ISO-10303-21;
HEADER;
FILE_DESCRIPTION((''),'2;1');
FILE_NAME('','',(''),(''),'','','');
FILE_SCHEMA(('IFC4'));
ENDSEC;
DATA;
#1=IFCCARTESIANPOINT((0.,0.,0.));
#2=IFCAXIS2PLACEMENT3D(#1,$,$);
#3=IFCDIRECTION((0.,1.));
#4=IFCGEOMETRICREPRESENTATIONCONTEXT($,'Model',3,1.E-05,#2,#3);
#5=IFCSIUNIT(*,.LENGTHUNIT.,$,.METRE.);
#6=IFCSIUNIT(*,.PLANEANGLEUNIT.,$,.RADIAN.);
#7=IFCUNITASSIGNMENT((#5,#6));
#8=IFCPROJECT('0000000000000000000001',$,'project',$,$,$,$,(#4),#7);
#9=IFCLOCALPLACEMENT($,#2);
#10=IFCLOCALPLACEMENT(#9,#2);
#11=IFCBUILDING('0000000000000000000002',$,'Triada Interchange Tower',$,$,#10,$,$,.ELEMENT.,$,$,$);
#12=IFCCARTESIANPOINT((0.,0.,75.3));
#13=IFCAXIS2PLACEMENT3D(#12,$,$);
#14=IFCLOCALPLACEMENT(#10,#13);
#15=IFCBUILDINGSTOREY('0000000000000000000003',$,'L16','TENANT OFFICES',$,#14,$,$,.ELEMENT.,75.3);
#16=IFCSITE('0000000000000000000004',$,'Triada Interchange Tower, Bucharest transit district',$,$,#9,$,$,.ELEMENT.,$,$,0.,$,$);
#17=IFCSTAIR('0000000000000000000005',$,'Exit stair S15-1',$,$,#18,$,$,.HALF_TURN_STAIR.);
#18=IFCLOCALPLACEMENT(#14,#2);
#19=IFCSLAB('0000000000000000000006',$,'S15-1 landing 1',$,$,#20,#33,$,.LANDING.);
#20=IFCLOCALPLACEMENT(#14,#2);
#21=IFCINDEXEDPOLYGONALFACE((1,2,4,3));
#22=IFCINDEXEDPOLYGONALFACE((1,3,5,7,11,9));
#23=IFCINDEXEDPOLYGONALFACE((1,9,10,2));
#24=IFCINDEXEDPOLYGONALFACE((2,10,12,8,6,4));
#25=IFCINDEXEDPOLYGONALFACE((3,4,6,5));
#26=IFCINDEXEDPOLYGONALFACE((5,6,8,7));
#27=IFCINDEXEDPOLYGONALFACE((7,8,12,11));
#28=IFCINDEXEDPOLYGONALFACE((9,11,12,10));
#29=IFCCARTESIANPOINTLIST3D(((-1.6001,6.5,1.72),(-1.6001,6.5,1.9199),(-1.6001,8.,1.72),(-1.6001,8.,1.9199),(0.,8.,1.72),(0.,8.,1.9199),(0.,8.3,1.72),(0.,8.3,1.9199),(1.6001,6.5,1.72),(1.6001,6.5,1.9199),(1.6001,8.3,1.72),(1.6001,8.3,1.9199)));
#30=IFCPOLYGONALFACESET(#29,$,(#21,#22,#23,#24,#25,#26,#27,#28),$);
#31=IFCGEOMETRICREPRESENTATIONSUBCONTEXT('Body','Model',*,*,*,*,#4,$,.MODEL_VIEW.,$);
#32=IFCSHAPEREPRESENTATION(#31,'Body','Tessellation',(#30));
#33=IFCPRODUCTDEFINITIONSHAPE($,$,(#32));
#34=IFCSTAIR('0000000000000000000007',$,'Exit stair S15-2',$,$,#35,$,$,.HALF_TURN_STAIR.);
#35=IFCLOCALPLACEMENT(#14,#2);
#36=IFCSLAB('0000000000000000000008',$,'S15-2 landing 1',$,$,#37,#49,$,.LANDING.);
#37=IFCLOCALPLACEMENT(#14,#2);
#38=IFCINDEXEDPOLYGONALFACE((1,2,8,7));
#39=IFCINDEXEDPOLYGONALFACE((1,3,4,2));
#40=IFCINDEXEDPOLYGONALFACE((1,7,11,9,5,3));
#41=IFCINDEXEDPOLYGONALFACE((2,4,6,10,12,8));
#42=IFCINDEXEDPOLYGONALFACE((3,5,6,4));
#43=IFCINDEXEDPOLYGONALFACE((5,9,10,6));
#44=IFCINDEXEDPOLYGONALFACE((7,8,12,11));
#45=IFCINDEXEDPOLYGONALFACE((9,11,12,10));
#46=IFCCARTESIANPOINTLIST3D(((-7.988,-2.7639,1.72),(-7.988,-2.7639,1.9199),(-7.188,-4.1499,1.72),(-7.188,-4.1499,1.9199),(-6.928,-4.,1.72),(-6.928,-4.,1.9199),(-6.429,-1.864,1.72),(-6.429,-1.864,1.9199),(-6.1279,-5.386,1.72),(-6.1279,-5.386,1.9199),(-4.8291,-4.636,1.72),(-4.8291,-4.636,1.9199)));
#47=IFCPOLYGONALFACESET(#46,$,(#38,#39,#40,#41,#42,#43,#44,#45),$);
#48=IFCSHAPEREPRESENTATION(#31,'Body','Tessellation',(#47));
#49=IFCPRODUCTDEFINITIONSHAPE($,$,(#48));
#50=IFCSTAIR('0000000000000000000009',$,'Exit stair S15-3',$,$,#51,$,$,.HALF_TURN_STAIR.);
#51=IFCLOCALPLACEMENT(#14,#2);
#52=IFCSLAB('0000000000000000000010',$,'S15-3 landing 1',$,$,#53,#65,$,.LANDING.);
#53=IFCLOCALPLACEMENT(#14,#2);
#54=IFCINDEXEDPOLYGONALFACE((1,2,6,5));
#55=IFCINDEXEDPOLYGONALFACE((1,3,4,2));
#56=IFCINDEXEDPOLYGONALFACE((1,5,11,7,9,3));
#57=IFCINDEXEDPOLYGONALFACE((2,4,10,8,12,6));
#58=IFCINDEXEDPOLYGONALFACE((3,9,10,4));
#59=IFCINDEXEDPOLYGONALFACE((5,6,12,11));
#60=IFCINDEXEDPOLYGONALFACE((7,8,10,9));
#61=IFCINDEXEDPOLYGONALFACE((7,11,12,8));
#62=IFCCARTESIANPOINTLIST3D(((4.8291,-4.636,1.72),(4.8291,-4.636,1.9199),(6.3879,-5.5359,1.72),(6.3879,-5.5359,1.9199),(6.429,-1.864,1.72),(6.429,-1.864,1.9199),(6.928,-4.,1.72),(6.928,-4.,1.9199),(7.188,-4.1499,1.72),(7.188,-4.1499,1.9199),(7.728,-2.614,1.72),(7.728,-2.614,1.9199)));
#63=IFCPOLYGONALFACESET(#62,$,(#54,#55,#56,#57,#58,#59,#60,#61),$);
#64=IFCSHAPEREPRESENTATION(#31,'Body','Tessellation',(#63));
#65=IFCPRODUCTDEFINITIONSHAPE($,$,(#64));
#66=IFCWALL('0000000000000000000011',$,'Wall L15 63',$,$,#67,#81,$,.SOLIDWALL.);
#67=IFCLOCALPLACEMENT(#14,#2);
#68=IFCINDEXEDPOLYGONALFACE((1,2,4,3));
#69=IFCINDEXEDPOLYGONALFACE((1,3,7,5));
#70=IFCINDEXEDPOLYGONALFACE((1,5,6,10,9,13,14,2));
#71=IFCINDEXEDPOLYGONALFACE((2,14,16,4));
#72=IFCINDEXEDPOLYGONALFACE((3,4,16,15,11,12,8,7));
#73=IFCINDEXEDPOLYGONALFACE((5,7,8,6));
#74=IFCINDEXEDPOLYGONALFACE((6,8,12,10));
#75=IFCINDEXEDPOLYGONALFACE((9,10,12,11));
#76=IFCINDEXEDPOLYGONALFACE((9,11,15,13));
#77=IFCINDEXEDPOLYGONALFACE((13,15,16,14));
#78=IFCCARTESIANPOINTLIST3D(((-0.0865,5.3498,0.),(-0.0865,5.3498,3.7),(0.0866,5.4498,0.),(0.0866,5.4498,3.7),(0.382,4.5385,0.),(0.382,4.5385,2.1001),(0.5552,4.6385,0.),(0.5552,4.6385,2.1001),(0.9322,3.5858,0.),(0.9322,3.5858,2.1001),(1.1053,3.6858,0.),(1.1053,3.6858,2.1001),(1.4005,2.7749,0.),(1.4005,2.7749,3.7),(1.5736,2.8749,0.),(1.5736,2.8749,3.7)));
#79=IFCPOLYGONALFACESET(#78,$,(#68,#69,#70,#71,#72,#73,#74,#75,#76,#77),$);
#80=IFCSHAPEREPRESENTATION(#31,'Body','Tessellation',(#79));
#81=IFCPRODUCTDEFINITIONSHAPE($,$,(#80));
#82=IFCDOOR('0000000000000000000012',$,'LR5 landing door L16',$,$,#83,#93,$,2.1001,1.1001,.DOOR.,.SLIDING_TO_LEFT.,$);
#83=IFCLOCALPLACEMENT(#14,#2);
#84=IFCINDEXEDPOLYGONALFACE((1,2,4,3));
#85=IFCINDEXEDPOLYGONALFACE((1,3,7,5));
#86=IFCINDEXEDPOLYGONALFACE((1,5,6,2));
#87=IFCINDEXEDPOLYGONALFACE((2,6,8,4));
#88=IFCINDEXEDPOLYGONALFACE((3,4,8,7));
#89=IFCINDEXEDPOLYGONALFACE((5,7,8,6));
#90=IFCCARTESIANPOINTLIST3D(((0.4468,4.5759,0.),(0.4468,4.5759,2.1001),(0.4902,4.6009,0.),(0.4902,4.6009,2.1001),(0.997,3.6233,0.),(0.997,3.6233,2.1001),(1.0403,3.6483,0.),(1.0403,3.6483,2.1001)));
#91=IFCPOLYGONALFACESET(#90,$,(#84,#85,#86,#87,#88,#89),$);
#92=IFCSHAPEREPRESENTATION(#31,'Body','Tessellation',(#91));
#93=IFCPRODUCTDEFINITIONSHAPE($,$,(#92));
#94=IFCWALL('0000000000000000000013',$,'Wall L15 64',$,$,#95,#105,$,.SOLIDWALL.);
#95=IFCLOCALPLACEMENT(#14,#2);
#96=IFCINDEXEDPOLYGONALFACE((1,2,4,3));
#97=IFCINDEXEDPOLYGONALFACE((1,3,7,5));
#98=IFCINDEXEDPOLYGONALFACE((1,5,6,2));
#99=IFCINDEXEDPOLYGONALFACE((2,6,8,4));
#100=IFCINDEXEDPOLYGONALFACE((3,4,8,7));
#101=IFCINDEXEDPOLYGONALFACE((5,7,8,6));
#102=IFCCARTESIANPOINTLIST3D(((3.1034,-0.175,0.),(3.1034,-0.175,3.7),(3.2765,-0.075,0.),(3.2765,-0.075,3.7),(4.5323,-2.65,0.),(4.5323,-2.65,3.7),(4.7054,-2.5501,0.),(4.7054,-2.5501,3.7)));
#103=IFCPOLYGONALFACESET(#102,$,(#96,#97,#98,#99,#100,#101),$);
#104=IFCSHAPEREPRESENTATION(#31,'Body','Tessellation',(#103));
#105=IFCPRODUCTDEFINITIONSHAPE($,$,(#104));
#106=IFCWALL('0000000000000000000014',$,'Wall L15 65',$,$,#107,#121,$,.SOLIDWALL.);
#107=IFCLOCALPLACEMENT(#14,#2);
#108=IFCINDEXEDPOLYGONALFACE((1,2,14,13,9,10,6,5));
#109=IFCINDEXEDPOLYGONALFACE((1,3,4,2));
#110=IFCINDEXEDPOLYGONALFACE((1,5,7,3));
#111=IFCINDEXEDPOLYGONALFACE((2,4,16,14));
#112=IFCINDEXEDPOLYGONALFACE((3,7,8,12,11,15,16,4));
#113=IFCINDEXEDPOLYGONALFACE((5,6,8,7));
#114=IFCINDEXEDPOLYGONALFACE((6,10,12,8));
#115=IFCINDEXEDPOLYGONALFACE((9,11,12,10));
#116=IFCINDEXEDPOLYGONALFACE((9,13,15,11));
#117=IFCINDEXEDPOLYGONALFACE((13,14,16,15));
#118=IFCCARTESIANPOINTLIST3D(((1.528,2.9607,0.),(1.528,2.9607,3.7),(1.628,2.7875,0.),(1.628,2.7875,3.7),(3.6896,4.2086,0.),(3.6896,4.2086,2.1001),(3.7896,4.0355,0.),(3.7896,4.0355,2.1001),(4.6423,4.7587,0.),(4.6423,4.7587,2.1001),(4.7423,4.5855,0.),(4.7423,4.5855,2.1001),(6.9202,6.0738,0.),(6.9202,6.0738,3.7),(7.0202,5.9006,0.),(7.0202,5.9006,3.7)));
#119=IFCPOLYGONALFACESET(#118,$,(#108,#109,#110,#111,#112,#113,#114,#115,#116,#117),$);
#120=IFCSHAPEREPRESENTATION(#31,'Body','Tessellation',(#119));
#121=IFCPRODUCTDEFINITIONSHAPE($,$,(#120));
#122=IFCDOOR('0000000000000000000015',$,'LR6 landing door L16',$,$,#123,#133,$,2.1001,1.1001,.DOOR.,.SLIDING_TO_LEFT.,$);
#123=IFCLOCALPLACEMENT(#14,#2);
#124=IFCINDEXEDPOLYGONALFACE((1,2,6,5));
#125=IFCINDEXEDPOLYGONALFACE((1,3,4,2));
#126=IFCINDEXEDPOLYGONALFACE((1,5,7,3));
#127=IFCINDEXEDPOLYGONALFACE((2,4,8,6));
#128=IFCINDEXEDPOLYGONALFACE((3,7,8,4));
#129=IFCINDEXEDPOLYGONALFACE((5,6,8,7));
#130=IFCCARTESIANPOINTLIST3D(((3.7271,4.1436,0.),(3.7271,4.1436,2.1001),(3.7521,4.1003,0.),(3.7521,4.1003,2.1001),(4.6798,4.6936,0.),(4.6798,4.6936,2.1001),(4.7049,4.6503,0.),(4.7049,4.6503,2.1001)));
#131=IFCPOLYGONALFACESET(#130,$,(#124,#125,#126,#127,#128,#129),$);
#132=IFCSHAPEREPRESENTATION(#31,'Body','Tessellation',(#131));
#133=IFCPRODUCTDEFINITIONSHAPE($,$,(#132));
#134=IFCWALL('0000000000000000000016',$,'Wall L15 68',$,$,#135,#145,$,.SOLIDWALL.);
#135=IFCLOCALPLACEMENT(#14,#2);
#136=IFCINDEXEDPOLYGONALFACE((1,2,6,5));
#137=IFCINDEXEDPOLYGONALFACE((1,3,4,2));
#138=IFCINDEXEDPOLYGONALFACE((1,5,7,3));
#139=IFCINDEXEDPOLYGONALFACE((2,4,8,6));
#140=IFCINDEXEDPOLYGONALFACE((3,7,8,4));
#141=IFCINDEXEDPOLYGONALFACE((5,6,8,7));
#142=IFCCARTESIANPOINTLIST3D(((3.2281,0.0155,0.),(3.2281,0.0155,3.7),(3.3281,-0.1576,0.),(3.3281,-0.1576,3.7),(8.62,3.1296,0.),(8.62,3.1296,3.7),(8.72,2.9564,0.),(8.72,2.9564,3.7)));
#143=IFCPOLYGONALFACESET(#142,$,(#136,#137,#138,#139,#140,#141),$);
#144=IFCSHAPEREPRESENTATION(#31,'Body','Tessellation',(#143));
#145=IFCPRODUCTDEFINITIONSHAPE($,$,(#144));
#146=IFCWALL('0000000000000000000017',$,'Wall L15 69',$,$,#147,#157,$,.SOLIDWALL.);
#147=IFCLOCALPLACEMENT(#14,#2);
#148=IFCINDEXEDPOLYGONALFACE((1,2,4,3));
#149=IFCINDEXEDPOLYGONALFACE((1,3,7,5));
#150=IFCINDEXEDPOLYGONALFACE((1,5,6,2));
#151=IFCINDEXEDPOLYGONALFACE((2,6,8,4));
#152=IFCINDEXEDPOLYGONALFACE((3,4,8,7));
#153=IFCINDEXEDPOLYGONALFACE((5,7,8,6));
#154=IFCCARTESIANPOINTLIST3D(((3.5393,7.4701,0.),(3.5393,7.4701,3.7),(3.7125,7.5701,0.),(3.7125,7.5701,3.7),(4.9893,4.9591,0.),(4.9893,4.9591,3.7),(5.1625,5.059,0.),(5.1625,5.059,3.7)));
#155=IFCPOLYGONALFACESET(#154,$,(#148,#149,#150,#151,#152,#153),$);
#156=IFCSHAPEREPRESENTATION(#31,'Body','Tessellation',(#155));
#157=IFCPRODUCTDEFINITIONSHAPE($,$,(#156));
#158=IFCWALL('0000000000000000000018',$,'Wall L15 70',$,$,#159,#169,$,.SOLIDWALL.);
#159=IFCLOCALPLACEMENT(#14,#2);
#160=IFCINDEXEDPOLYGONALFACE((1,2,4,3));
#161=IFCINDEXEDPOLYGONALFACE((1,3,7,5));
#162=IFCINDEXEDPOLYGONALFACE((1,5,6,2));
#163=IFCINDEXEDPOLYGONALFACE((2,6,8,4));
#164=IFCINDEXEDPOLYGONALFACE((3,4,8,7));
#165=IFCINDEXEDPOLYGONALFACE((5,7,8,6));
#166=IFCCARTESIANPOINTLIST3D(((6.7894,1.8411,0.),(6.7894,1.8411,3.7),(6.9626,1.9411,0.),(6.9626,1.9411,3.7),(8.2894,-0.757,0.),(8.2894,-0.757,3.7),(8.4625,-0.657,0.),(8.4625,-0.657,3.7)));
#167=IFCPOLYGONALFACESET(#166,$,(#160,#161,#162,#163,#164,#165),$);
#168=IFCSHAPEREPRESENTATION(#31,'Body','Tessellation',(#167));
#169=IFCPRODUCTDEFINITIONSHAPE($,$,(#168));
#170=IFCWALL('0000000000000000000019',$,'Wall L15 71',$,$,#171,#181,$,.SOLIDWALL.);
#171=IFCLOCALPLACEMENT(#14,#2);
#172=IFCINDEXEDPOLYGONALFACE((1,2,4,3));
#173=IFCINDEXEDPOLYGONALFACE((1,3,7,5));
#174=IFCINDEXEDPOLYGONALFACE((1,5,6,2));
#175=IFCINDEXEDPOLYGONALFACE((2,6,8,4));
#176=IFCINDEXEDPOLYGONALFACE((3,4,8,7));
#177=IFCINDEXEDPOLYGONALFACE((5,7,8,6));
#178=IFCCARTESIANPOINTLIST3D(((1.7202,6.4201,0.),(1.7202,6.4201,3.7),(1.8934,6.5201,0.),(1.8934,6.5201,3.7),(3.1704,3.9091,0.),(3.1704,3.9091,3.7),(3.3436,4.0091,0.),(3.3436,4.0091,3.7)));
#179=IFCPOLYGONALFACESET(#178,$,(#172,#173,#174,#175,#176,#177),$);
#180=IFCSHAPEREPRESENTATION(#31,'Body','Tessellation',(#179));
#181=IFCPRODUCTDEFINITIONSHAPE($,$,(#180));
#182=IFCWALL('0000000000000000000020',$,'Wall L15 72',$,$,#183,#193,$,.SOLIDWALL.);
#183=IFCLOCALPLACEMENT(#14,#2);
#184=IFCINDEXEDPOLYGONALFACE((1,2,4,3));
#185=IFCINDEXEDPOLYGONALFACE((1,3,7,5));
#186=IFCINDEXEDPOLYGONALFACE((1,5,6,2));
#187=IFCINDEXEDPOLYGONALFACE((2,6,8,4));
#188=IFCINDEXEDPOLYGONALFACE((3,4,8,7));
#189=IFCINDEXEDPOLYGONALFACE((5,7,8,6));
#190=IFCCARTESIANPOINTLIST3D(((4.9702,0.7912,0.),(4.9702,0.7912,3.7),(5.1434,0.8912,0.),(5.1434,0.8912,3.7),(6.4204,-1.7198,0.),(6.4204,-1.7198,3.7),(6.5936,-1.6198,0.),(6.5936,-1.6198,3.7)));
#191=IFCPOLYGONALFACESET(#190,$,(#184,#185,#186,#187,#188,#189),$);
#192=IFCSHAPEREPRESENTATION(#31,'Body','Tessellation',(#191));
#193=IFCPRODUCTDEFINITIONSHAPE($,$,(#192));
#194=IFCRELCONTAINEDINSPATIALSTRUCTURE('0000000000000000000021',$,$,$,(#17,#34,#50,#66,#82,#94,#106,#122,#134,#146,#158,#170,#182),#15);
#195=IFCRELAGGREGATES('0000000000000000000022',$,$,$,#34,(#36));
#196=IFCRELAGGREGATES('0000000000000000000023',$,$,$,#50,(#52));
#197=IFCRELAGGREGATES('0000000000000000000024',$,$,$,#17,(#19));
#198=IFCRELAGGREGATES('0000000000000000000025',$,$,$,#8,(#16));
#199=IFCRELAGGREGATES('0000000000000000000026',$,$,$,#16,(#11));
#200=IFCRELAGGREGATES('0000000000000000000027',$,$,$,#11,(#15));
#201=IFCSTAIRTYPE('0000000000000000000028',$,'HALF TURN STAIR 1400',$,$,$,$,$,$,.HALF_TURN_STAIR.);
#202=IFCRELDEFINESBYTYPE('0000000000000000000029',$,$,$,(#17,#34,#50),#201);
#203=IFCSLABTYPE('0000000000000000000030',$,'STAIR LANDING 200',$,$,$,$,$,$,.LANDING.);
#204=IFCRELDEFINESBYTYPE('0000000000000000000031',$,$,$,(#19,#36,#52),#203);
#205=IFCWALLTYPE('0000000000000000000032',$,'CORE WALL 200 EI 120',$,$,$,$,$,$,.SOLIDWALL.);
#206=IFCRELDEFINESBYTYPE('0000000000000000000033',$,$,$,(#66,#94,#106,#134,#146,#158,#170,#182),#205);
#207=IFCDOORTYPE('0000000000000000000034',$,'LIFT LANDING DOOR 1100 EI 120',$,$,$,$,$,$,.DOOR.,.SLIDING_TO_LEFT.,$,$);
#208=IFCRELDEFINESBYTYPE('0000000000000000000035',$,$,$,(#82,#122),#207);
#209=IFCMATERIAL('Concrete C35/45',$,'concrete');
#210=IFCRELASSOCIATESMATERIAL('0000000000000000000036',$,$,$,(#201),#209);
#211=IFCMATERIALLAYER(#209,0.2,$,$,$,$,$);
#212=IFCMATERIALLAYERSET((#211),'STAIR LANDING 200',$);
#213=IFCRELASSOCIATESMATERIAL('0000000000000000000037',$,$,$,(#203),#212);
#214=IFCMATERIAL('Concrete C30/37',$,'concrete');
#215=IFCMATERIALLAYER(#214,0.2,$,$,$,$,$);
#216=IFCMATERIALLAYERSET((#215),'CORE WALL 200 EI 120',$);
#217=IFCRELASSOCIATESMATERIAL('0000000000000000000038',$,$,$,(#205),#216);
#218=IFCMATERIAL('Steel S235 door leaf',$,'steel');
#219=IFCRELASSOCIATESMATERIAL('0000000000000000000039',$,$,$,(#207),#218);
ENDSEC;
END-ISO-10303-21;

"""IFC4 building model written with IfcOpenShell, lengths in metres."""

from ifc_helpers import new_model, si_unit, direction, frame, frame_2d, origin, place, context, subcontext, project, spatial, polyline, rectangle, outline, extrude, material, layer, layer_set, type_object, element, fill, aggregate, save


model = new_model("IFC4")

# Units and contexts
model_context = context("Model", 3, precision=1e-05, world=origin(), true_north=direction((0.0, 1.0)))
body_context = subcontext(model_context, "Body", "Model", "MODEL_VIEW")
ifc_project = project(units=[si_unit("LENGTHUNIT", "METRE"), si_unit("PLANEANGLEUNIT", "RADIAN")], contexts=[model_context])

# Site, building, storey
site_placement = place(None, origin())
site = spatial("IfcSite", under=ifc_project, at=site_placement, Name="Triada Interchange Tower, Bucharest transit district", CompositionType="ELEMENT", RefElevation=0.0)
building_placement = place(site_placement, origin())
building = spatial("IfcBuilding", under=site, at=building_placement, Name="Triada Interchange Tower", CompositionType="ELEMENT")
storey_placement = place(building_placement, frame((0.0, 0.0, 75.3)))
storey = spatial("IfcBuildingStorey", under=building, at=storey_placement, Name="L16", Description="TENANT OFFICES", CompositionType="ELEMENT", Elevation=75.3)

# Stairs, slabs
ifc_material_1 = material(Name="Concrete C35/45", Category="concrete")
stair_type = type_object("IfcStairType", Name="HALF TURN STAIR 1400", PredefinedType="HALF_TURN_STAIR", material=ifc_material_1)
stair_1_placement = place(storey_placement, origin())
stair_1 = element("IfcStair", 1, at=stair_1_placement, inside=storey, type_object=stair_type, Name="Exit stair S15-1", PredefinedType="HALF_TURN_STAIR")
ifc_layer_1 = layer(ifc_material_1, 0.2)
ifc_layer_set_1 = layer_set([ifc_layer_1], Name="STAIR LANDING 200")
slab_type_1 = type_object("IfcSlabType", Name="STAIR LANDING 200", PredefinedType="LANDING", material=ifc_layer_set_1)
slab_1_placement = place(storey_placement, frame((0.0, 0.0, 1.72)))
slab_1 = element("IfcSlab", 2, at=slab_1_placement, type_object=slab_type_1, Name="S15-1 landing 1", PredefinedType="LANDING", context=body_context, shape_type="SweptSolid", body=[
    extrude(outline(polyline([(1.6001, 6.5), (1.6001, 8.3), (0.0, 8.3), (0.0, 8.0), (-1.6001, 8.0), (-1.6001, 6.5), (1.6001, 6.5)])), origin(), (0.0, 0.0, 1.0), 0.2),
])
stair_2_placement = place(storey_placement, origin())
stair_2 = element("IfcStair", 3, at=stair_2_placement, inside=storey, type_object=stair_type, Name="Exit stair S15-2", PredefinedType="HALF_TURN_STAIR")
slab_2_placement = place(storey_placement, frame((0.0, 0.0, 1.72)))
slab_2 = element("IfcSlab", 4, at=slab_2_placement, type_object=slab_type_1, Name="S15-2 landing 1", PredefinedType="LANDING", context=body_context, shape_type="SweptSolid", body=[
    extrude(outline(polyline([(-6.429, -1.864), (-7.988, -2.7639), (-7.188, -4.1499), (-6.928, -4.0), (-6.1279, -5.386), (-4.8291, -4.636), (-6.429, -1.864)])), origin(), (0.0, 0.0, 1.0), 0.2),
])
aggregate(stair_2, [slab_2])
stair_3_placement = place(storey_placement, origin())
stair_3 = element("IfcStair", 5, at=stair_3_placement, inside=storey, type_object=stair_type, Name="Exit stair S15-3", PredefinedType="HALF_TURN_STAIR")
slab_3_placement = place(storey_placement, frame((0.0, 0.0, 1.72)))
slab_3 = element("IfcSlab", 6, at=slab_3_placement, type_object=slab_type_1, Name="S15-3 landing 1", PredefinedType="LANDING", context=body_context, shape_type="SweptSolid", body=[
    extrude(outline(polyline([(4.8291, -4.636), (6.3879, -5.5359), (7.188, -4.1499), (6.928, -4.0), (7.728, -2.614), (6.429, -1.864), (4.8291, -4.636)])), origin(), (0.0, 0.0, 1.0), 0.2),
])
aggregate(stair_3, [slab_3])

# Wall, opening, door
ifc_material_2 = material(Name="Concrete C30/37", Category="concrete")
ifc_layer_2 = layer(ifc_material_2, 0.2)
ifc_layer_set_2 = layer_set([ifc_layer_2], Name="CORE WALL 200 EI 120")
wall_type_1 = type_object("IfcWallType", Name="CORE WALL 200 EI 120", PredefinedType="SOLIDWALL", material=ifc_layer_set_2)
wall_1_placement = place(storey_placement, frame((0.0, 5.3999, 0.0), z_axis=(0.0, 0.0, 1.0), x_axis=(0.500104, -0.865965, 0.0)))
wall_1 = element("IfcWall", 7, at=wall_1_placement, inside=storey, type_object=wall_type_1, Name="Wall L15 63", PredefinedType="SOLIDWALL", context=body_context, shape_type="SweptSolid", body=[
    extrude(rectangle(XDim=2.9734, YDim=0.2, at=frame_2d((1.4868, 0.0))), origin(), (0.0, 0.0, 1.0), 3.7),
])
opening_1_placement = place(wall_1_placement, frame((0.937, 0.0, 0.0)))
opening_1 = element("IfcOpeningElement", 8, at=opening_1_placement, cuts=wall_1, PredefinedType="OPENING", context=body_context, shape_type="SweptSolid", body=[
    extrude(rectangle(XDim=1.1001, YDim=2.1001, at=frame_2d((0.55, 1.05))), frame((0.0, 0.1099, 0.0), z_axis=(0.0, -1.0, 0.0), x_axis=(1.0, 0.0, 0.0)), (0.0, 0.0, 1.0), 0.22),
])
ifc_material_3 = material(Name="Steel S235 door leaf", Category="steel")
door_type = type_object("IfcDoorType", Name="LIFT LANDING DOOR 1100 EI 120", OperationType="SLIDING_TO_LEFT", PredefinedType="DOOR", material=ifc_material_3)
door_1_placement = place(opening_1_placement, origin())
door_1 = element("IfcDoor", 9, at=door_1_placement, inside=storey, type_object=door_type, Name="LR5 landing door L16", OperationType="SLIDING_TO_LEFT", OverallHeight=2.1001, OverallWidth=1.1001, PredefinedType="DOOR", context=body_context, shape_type="SweptSolid", body=[
    extrude(rectangle(XDim=1.1001, YDim=2.1001, at=frame_2d((0.55, 1.05))), frame((0.0, 0.0249, 0.0), z_axis=(0.0, -1.0, 0.0), x_axis=(1.0, 0.0, 0.0)), (0.0, 0.0, 1.0), 0.05),
])
fill(opening_1, door_1)

# Wall
wall_2_placement = place(storey_placement, frame((3.1899, -0.125, 0.0), z_axis=(0.0, 0.0, 1.0), x_axis=(0.499989, -0.866032, 0.0)))
element("IfcWall", 10, at=wall_2_placement, inside=storey, type_object=wall_type_1, Name="Wall L15 64", PredefinedType="SOLIDWALL", context=body_context, shape_type="SweptSolid", body=[
    extrude(rectangle(XDim=2.8579, YDim=0.2, at=frame_2d((1.429, 0.0))), origin(), (0.0, 0.0, 1.0), 3.7),
])

# Wall, opening, door
wall_3_placement = place(storey_placement, frame((1.5779, 2.874, 0.0), z_axis=(0.0, 0.0, 1.0), x_axis=(0.866031, 0.499989, 0.0)))
wall_3 = element("IfcWall", 11, at=wall_3_placement, inside=storey, type_object=wall_type_1, Name="Wall L15 65", PredefinedType="SOLIDWALL", context=body_context, shape_type="SweptSolid", body=[
    extrude(rectangle(XDim=6.2263, YDim=0.2, at=frame_2d((3.1133, 0.0))), origin(), (0.0, 0.0, 1.0), 3.7),
])
opening_2_placement = place(wall_3_placement, frame((2.4961, 0.0, 0.0)))
opening_2 = element("IfcOpeningElement", 12, at=opening_2_placement, cuts=wall_3, PredefinedType="OPENING", context=body_context, shape_type="SweptSolid", body=[
    extrude(rectangle(XDim=1.1001, YDim=2.1001, at=frame_2d((0.55, 1.05))), frame((0.0, 0.1099, 0.0), z_axis=(0.0, -1.0, 0.0), x_axis=(1.0, 0.0, 0.0)), (0.0, 0.0, 1.0), 0.22),
])
door_2_placement = place(opening_2_placement, origin())
door_2 = element("IfcDoor", 13, at=door_2_placement, inside=storey, type_object=door_type, Name="LR6 landing door L16", OperationType="SLIDING_TO_LEFT", OverallHeight=2.1001, OverallWidth=1.1001, PredefinedType="DOOR", context=body_context, shape_type="SweptSolid", body=[
    extrude(rectangle(XDim=1.1001, YDim=2.1001, at=frame_2d((0.55, 1.05))), frame((0.0, 0.0249, 0.0), z_axis=(0.0, -1.0, 0.0), x_axis=(1.0, 0.0, 0.0)), (0.0, 0.0, 1.0), 0.05),
])
fill(opening_2, door_2)

# Walls
wall_4_placement = place(storey_placement, frame((3.2781, -0.071, 0.0), z_axis=(0.0, 0.0, 1.0), x_axis=(0.865954, 0.500124, 0.0)))
element("IfcWall", 14, at=wall_4_placement, inside=storey, type_object=wall_type_1, Name="Wall L15 68", PredefinedType="SOLIDWALL", context=body_context, shape_type="SweptSolid", body=[
    extrude(rectangle(XDim=6.2266, YDim=0.2, at=frame_2d((3.1133, 0.0))), origin(), (0.0, 0.0, 1.0), 3.7),
])
wall_5_placement = place(storey_placement, frame((3.626, 7.52, 0.0), z_axis=(0.0, 0.0, 1.0), x_axis=(0.50006, -0.865991, 0.0)))
element("IfcWall", 15, at=wall_5_placement, inside=storey, type_object=wall_type_1, Name="Wall L15 69", PredefinedType="SOLIDWALL", context=body_context, shape_type="SweptSolid", body=[
    extrude(rectangle(XDim=2.8997, YDim=0.2, at=frame_2d((1.4497, 0.0))), origin(), (0.0, 0.0, 1.0), 3.7),
])
wall_6_placement = place(storey_placement, frame((6.876, 1.8911, 0.0), z_axis=(0.0, 0.0, 1.0), x_axis=(0.49999, -0.866031, 0.0)))
element("IfcWall", 16, at=wall_6_placement, inside=storey, type_object=wall_type_1, Name="Wall L15 70", PredefinedType="SOLIDWALL", context=body_context, shape_type="SweptSolid", body=[
    extrude(rectangle(XDim=3.0, YDim=0.2, at=frame_2d((1.5, 0.0))), origin(), (0.0, 0.0, 1.0), 3.7),
])
for number, where, z_axis, x_axis, name in (
    (17, (1.8069, 6.47, 0.0), (0.0, 0.0, 1.0), (0.500123, -0.865954, 0.0), "Wall L15 71"),
    (18, (5.0569, 0.8411, 0.0), (0.0, 0.0, 1.0), (0.500123, -0.865954, 0.0), "Wall L15 72"),
):
    element("IfcWall", number, at=place(storey_placement, frame(where, z_axis=z_axis, x_axis=x_axis)), inside=storey, type_object=wall_type_1, Name=name, PredefinedType="SOLIDWALL", context=body_context, shape_type="SweptSolid", body=[
        extrude(rectangle(XDim=2.8997, YDim=0.2, at=frame_2d((1.4497, 0.0))), origin(), (0.0, 0.0, 1.0), 3.7),
    ])

aggregate(stair_1, [slab_1])

save(model, "model.ifc")
